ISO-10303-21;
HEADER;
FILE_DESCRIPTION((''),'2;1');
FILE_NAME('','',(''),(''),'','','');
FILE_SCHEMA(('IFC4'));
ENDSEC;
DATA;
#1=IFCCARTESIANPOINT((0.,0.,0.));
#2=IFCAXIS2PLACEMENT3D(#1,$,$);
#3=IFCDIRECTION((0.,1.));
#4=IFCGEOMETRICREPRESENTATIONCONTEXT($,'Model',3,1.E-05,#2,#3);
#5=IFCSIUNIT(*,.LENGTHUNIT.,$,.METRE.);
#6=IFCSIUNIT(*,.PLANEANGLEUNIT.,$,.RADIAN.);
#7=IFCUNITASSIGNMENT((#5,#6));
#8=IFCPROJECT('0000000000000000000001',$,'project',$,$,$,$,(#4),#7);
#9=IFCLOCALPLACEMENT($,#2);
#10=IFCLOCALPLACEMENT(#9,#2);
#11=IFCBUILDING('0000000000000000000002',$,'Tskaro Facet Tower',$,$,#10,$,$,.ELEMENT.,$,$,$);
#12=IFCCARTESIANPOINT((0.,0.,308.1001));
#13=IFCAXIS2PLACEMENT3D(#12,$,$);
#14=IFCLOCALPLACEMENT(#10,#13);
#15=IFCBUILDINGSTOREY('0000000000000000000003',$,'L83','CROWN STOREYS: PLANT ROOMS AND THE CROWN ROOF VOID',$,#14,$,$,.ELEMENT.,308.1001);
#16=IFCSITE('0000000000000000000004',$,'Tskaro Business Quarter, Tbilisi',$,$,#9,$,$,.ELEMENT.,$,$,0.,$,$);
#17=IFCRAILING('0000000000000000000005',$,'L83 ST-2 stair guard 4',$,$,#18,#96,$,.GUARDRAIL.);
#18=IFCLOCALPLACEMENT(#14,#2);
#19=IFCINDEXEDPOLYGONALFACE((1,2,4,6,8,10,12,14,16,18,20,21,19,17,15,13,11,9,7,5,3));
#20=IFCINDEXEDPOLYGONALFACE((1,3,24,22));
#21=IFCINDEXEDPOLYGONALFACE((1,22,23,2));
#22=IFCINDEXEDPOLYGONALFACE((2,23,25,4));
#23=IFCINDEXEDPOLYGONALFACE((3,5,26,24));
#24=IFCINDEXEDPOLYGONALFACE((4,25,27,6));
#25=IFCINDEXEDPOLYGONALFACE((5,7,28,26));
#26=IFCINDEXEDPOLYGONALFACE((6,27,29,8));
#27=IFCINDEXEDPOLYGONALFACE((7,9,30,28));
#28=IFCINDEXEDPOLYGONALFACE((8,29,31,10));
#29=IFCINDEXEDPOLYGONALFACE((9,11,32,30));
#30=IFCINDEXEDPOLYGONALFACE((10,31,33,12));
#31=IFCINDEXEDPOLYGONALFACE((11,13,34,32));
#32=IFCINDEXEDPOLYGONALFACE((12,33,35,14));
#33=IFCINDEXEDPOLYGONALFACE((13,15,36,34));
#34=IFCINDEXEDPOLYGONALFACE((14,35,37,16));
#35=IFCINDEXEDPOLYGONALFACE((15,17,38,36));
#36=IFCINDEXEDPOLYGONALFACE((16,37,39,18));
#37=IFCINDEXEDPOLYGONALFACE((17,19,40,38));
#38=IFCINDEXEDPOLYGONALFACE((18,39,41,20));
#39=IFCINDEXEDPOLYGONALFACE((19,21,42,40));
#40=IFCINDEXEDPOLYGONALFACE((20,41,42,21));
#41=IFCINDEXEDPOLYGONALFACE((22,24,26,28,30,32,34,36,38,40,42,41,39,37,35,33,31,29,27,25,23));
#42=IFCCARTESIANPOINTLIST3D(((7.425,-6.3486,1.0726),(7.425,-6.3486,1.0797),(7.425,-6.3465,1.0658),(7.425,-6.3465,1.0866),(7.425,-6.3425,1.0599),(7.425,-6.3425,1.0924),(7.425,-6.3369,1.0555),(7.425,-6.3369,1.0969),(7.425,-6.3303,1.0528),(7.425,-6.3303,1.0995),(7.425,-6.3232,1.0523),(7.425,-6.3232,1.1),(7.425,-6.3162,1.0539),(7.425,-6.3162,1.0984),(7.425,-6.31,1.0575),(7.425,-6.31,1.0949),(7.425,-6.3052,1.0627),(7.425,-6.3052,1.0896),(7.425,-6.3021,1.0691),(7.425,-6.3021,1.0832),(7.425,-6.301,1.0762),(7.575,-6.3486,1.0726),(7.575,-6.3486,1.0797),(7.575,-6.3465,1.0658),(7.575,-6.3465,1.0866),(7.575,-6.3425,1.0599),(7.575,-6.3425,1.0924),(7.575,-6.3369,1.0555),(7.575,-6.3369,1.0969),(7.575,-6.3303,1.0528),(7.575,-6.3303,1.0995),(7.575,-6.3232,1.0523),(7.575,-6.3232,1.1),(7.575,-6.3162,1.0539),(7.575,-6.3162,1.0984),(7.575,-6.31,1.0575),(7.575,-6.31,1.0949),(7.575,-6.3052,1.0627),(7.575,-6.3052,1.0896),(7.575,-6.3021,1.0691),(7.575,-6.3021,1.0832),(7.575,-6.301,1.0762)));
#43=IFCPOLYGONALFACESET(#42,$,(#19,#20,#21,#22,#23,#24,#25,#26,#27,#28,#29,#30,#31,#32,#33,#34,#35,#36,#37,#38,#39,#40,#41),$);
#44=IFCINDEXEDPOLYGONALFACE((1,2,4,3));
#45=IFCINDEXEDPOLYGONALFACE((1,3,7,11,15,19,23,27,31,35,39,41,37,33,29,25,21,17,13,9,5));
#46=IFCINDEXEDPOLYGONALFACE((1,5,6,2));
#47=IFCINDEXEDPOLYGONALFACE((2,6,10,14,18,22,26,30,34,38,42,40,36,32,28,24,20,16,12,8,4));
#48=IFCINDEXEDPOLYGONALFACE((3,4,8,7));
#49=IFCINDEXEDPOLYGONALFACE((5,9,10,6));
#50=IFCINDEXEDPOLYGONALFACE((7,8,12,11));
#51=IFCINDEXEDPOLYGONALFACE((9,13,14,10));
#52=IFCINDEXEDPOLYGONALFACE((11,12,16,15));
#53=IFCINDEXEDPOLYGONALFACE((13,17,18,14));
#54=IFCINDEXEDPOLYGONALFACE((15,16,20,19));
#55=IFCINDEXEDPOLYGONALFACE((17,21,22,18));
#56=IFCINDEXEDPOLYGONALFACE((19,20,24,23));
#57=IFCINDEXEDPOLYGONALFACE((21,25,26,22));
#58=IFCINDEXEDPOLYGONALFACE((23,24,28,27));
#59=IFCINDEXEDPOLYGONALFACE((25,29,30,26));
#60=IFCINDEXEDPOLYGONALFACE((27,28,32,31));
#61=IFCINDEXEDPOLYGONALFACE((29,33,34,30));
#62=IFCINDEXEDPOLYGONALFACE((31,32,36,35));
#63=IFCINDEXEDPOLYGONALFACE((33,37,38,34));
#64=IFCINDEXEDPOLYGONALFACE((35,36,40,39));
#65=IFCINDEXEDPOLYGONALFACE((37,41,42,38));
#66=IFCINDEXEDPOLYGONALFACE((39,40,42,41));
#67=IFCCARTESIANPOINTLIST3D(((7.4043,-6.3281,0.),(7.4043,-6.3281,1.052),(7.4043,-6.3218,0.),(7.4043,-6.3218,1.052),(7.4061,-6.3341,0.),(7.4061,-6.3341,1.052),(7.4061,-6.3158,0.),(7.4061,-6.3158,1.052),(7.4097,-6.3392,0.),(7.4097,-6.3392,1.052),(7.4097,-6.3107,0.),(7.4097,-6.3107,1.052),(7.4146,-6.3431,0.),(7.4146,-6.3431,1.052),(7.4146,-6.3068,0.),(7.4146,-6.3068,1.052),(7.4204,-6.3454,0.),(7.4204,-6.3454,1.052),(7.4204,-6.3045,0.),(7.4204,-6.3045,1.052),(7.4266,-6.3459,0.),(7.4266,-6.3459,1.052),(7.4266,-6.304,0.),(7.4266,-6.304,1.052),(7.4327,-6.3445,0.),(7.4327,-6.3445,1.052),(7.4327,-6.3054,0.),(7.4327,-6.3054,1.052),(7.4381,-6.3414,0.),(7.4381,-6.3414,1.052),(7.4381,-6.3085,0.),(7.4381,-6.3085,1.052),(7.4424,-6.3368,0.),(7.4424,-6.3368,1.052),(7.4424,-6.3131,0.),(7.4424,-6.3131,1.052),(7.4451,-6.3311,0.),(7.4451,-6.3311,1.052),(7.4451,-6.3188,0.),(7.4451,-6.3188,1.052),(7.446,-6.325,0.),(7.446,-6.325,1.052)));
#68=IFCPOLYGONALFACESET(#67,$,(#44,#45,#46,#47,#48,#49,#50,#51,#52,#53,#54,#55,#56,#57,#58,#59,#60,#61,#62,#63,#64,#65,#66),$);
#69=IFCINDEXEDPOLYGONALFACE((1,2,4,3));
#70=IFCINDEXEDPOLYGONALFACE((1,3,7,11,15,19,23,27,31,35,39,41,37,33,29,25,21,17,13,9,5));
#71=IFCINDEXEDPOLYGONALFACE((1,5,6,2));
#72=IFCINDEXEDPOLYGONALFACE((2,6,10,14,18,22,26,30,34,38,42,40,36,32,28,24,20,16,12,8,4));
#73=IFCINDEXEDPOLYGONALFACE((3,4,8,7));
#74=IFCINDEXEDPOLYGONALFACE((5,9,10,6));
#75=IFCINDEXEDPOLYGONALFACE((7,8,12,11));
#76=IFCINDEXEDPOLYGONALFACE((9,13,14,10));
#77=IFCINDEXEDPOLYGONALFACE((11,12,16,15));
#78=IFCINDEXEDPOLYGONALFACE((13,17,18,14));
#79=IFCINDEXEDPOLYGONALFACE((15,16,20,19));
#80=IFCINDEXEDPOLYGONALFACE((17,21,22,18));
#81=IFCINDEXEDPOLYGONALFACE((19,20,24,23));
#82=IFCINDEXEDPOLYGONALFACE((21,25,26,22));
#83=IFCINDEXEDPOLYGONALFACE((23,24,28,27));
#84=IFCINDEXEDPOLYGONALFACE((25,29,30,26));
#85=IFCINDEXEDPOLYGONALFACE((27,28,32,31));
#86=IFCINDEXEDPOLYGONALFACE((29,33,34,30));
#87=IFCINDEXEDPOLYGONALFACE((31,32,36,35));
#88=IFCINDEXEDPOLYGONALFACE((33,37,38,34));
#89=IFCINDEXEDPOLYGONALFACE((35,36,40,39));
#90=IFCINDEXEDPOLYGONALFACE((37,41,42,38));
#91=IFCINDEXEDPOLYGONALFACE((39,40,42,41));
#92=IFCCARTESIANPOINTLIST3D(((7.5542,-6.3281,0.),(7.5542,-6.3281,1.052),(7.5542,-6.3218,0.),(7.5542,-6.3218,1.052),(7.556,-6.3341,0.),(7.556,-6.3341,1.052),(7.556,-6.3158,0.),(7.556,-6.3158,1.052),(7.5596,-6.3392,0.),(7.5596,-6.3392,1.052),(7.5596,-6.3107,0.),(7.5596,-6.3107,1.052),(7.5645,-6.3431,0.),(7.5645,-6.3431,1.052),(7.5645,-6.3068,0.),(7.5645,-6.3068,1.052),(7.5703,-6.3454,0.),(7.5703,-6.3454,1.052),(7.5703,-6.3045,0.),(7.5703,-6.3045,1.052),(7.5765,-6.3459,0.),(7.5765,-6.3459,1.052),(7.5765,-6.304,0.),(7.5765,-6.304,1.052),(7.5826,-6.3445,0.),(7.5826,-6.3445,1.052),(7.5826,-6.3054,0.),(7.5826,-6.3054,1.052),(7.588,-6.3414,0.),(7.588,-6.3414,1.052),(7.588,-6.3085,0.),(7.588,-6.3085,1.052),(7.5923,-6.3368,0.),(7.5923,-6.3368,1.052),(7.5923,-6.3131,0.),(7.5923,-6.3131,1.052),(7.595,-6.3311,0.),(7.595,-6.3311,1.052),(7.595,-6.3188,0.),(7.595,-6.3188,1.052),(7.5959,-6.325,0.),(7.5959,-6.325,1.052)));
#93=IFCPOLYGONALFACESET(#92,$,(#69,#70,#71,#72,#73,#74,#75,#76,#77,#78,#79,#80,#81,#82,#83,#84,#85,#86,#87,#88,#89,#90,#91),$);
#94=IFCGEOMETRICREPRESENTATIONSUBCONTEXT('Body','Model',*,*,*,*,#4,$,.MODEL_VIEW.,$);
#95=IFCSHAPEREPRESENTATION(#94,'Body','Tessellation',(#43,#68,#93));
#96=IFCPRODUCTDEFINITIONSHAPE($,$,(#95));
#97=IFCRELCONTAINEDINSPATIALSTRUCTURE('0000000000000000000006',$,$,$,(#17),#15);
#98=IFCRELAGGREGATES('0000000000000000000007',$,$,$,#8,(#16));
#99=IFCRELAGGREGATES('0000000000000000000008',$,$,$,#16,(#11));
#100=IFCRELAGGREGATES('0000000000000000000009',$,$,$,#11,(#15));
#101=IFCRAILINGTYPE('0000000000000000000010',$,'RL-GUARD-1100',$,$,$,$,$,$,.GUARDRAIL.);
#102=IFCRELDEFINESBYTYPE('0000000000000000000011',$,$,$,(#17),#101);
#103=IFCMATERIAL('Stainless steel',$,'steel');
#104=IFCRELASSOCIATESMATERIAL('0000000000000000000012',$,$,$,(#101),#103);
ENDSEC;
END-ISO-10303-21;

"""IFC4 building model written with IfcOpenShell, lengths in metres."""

from ifc_helpers import new_model, si_unit, direction, frame, origin, origin_2d, place, context, subcontext, project, spatial, circle, extrude, material, type_object, element, save


model = new_model("IFC4")

# Units and contexts
model_context = context("Model", 3, precision=1e-05, world=origin(), true_north=direction((0.0, 1.0)))
body_context = subcontext(model_context, "Body", "Model", "MODEL_VIEW")
ifc_project = project(units=[si_unit("LENGTHUNIT", "METRE"), si_unit("PLANEANGLEUNIT", "RADIAN")], contexts=[model_context])

# Site, building, storey
site_placement = place(None, origin())
site = spatial("IfcSite", under=ifc_project, at=site_placement, Name="Tskaro Business Quarter, Tbilisi", CompositionType="ELEMENT", RefElevation=0.0)
building_placement = place(site_placement, origin())
building = spatial("IfcBuilding", under=site, at=building_placement, Name="Tskaro Facet Tower", CompositionType="ELEMENT")
storey_placement = place(building_placement, frame((0.0, 0.0, 308.1001)))
storey = spatial("IfcBuildingStorey", under=building, at=storey_placement, Name="L83", Description="CROWN STOREYS: PLANT ROOMS AND THE CROWN ROOF VOID", CompositionType="ELEMENT", Elevation=308.1001)

# Railing
ifc_material_1 = material(Name="Stainless steel", Category="steel")
railing_type = type_object("IfcRailingType", Name="RL-GUARD-1100", PredefinedType="GUARDRAIL", material=ifc_material_1)
railing_1_placement = place(storey_placement, frame((7.425, -6.325, 0.0)))
element("IfcRailing", 1, at=railing_1_placement, inside=storey, type_object=railing_type, Name="L83 ST-2 stair guard 4", PredefinedType="GUARDRAIL", context=body_context, shape_type="SweptSolid", body=[
    extrude(circle(Radius=0.0239, at=origin_2d()), frame((0.0, 0.0, 1.0762), z_axis=(1.0, 0.0, 0.0), x_axis=(0.0, 1.0, 0.0)), (0.0, 0.0, 1.0), 0.1499),
    extrude(circle(Radius=0.021, at=origin_2d()), origin(), (0.0, 0.0, 1.0), 1.052),
    extrude(circle(Radius=0.021, at=origin_2d()), frame((0.1499, 0.0, 0.0)), (0.0, 0.0, 1.0), 1.052),
])

save(model, "model.ifc")
